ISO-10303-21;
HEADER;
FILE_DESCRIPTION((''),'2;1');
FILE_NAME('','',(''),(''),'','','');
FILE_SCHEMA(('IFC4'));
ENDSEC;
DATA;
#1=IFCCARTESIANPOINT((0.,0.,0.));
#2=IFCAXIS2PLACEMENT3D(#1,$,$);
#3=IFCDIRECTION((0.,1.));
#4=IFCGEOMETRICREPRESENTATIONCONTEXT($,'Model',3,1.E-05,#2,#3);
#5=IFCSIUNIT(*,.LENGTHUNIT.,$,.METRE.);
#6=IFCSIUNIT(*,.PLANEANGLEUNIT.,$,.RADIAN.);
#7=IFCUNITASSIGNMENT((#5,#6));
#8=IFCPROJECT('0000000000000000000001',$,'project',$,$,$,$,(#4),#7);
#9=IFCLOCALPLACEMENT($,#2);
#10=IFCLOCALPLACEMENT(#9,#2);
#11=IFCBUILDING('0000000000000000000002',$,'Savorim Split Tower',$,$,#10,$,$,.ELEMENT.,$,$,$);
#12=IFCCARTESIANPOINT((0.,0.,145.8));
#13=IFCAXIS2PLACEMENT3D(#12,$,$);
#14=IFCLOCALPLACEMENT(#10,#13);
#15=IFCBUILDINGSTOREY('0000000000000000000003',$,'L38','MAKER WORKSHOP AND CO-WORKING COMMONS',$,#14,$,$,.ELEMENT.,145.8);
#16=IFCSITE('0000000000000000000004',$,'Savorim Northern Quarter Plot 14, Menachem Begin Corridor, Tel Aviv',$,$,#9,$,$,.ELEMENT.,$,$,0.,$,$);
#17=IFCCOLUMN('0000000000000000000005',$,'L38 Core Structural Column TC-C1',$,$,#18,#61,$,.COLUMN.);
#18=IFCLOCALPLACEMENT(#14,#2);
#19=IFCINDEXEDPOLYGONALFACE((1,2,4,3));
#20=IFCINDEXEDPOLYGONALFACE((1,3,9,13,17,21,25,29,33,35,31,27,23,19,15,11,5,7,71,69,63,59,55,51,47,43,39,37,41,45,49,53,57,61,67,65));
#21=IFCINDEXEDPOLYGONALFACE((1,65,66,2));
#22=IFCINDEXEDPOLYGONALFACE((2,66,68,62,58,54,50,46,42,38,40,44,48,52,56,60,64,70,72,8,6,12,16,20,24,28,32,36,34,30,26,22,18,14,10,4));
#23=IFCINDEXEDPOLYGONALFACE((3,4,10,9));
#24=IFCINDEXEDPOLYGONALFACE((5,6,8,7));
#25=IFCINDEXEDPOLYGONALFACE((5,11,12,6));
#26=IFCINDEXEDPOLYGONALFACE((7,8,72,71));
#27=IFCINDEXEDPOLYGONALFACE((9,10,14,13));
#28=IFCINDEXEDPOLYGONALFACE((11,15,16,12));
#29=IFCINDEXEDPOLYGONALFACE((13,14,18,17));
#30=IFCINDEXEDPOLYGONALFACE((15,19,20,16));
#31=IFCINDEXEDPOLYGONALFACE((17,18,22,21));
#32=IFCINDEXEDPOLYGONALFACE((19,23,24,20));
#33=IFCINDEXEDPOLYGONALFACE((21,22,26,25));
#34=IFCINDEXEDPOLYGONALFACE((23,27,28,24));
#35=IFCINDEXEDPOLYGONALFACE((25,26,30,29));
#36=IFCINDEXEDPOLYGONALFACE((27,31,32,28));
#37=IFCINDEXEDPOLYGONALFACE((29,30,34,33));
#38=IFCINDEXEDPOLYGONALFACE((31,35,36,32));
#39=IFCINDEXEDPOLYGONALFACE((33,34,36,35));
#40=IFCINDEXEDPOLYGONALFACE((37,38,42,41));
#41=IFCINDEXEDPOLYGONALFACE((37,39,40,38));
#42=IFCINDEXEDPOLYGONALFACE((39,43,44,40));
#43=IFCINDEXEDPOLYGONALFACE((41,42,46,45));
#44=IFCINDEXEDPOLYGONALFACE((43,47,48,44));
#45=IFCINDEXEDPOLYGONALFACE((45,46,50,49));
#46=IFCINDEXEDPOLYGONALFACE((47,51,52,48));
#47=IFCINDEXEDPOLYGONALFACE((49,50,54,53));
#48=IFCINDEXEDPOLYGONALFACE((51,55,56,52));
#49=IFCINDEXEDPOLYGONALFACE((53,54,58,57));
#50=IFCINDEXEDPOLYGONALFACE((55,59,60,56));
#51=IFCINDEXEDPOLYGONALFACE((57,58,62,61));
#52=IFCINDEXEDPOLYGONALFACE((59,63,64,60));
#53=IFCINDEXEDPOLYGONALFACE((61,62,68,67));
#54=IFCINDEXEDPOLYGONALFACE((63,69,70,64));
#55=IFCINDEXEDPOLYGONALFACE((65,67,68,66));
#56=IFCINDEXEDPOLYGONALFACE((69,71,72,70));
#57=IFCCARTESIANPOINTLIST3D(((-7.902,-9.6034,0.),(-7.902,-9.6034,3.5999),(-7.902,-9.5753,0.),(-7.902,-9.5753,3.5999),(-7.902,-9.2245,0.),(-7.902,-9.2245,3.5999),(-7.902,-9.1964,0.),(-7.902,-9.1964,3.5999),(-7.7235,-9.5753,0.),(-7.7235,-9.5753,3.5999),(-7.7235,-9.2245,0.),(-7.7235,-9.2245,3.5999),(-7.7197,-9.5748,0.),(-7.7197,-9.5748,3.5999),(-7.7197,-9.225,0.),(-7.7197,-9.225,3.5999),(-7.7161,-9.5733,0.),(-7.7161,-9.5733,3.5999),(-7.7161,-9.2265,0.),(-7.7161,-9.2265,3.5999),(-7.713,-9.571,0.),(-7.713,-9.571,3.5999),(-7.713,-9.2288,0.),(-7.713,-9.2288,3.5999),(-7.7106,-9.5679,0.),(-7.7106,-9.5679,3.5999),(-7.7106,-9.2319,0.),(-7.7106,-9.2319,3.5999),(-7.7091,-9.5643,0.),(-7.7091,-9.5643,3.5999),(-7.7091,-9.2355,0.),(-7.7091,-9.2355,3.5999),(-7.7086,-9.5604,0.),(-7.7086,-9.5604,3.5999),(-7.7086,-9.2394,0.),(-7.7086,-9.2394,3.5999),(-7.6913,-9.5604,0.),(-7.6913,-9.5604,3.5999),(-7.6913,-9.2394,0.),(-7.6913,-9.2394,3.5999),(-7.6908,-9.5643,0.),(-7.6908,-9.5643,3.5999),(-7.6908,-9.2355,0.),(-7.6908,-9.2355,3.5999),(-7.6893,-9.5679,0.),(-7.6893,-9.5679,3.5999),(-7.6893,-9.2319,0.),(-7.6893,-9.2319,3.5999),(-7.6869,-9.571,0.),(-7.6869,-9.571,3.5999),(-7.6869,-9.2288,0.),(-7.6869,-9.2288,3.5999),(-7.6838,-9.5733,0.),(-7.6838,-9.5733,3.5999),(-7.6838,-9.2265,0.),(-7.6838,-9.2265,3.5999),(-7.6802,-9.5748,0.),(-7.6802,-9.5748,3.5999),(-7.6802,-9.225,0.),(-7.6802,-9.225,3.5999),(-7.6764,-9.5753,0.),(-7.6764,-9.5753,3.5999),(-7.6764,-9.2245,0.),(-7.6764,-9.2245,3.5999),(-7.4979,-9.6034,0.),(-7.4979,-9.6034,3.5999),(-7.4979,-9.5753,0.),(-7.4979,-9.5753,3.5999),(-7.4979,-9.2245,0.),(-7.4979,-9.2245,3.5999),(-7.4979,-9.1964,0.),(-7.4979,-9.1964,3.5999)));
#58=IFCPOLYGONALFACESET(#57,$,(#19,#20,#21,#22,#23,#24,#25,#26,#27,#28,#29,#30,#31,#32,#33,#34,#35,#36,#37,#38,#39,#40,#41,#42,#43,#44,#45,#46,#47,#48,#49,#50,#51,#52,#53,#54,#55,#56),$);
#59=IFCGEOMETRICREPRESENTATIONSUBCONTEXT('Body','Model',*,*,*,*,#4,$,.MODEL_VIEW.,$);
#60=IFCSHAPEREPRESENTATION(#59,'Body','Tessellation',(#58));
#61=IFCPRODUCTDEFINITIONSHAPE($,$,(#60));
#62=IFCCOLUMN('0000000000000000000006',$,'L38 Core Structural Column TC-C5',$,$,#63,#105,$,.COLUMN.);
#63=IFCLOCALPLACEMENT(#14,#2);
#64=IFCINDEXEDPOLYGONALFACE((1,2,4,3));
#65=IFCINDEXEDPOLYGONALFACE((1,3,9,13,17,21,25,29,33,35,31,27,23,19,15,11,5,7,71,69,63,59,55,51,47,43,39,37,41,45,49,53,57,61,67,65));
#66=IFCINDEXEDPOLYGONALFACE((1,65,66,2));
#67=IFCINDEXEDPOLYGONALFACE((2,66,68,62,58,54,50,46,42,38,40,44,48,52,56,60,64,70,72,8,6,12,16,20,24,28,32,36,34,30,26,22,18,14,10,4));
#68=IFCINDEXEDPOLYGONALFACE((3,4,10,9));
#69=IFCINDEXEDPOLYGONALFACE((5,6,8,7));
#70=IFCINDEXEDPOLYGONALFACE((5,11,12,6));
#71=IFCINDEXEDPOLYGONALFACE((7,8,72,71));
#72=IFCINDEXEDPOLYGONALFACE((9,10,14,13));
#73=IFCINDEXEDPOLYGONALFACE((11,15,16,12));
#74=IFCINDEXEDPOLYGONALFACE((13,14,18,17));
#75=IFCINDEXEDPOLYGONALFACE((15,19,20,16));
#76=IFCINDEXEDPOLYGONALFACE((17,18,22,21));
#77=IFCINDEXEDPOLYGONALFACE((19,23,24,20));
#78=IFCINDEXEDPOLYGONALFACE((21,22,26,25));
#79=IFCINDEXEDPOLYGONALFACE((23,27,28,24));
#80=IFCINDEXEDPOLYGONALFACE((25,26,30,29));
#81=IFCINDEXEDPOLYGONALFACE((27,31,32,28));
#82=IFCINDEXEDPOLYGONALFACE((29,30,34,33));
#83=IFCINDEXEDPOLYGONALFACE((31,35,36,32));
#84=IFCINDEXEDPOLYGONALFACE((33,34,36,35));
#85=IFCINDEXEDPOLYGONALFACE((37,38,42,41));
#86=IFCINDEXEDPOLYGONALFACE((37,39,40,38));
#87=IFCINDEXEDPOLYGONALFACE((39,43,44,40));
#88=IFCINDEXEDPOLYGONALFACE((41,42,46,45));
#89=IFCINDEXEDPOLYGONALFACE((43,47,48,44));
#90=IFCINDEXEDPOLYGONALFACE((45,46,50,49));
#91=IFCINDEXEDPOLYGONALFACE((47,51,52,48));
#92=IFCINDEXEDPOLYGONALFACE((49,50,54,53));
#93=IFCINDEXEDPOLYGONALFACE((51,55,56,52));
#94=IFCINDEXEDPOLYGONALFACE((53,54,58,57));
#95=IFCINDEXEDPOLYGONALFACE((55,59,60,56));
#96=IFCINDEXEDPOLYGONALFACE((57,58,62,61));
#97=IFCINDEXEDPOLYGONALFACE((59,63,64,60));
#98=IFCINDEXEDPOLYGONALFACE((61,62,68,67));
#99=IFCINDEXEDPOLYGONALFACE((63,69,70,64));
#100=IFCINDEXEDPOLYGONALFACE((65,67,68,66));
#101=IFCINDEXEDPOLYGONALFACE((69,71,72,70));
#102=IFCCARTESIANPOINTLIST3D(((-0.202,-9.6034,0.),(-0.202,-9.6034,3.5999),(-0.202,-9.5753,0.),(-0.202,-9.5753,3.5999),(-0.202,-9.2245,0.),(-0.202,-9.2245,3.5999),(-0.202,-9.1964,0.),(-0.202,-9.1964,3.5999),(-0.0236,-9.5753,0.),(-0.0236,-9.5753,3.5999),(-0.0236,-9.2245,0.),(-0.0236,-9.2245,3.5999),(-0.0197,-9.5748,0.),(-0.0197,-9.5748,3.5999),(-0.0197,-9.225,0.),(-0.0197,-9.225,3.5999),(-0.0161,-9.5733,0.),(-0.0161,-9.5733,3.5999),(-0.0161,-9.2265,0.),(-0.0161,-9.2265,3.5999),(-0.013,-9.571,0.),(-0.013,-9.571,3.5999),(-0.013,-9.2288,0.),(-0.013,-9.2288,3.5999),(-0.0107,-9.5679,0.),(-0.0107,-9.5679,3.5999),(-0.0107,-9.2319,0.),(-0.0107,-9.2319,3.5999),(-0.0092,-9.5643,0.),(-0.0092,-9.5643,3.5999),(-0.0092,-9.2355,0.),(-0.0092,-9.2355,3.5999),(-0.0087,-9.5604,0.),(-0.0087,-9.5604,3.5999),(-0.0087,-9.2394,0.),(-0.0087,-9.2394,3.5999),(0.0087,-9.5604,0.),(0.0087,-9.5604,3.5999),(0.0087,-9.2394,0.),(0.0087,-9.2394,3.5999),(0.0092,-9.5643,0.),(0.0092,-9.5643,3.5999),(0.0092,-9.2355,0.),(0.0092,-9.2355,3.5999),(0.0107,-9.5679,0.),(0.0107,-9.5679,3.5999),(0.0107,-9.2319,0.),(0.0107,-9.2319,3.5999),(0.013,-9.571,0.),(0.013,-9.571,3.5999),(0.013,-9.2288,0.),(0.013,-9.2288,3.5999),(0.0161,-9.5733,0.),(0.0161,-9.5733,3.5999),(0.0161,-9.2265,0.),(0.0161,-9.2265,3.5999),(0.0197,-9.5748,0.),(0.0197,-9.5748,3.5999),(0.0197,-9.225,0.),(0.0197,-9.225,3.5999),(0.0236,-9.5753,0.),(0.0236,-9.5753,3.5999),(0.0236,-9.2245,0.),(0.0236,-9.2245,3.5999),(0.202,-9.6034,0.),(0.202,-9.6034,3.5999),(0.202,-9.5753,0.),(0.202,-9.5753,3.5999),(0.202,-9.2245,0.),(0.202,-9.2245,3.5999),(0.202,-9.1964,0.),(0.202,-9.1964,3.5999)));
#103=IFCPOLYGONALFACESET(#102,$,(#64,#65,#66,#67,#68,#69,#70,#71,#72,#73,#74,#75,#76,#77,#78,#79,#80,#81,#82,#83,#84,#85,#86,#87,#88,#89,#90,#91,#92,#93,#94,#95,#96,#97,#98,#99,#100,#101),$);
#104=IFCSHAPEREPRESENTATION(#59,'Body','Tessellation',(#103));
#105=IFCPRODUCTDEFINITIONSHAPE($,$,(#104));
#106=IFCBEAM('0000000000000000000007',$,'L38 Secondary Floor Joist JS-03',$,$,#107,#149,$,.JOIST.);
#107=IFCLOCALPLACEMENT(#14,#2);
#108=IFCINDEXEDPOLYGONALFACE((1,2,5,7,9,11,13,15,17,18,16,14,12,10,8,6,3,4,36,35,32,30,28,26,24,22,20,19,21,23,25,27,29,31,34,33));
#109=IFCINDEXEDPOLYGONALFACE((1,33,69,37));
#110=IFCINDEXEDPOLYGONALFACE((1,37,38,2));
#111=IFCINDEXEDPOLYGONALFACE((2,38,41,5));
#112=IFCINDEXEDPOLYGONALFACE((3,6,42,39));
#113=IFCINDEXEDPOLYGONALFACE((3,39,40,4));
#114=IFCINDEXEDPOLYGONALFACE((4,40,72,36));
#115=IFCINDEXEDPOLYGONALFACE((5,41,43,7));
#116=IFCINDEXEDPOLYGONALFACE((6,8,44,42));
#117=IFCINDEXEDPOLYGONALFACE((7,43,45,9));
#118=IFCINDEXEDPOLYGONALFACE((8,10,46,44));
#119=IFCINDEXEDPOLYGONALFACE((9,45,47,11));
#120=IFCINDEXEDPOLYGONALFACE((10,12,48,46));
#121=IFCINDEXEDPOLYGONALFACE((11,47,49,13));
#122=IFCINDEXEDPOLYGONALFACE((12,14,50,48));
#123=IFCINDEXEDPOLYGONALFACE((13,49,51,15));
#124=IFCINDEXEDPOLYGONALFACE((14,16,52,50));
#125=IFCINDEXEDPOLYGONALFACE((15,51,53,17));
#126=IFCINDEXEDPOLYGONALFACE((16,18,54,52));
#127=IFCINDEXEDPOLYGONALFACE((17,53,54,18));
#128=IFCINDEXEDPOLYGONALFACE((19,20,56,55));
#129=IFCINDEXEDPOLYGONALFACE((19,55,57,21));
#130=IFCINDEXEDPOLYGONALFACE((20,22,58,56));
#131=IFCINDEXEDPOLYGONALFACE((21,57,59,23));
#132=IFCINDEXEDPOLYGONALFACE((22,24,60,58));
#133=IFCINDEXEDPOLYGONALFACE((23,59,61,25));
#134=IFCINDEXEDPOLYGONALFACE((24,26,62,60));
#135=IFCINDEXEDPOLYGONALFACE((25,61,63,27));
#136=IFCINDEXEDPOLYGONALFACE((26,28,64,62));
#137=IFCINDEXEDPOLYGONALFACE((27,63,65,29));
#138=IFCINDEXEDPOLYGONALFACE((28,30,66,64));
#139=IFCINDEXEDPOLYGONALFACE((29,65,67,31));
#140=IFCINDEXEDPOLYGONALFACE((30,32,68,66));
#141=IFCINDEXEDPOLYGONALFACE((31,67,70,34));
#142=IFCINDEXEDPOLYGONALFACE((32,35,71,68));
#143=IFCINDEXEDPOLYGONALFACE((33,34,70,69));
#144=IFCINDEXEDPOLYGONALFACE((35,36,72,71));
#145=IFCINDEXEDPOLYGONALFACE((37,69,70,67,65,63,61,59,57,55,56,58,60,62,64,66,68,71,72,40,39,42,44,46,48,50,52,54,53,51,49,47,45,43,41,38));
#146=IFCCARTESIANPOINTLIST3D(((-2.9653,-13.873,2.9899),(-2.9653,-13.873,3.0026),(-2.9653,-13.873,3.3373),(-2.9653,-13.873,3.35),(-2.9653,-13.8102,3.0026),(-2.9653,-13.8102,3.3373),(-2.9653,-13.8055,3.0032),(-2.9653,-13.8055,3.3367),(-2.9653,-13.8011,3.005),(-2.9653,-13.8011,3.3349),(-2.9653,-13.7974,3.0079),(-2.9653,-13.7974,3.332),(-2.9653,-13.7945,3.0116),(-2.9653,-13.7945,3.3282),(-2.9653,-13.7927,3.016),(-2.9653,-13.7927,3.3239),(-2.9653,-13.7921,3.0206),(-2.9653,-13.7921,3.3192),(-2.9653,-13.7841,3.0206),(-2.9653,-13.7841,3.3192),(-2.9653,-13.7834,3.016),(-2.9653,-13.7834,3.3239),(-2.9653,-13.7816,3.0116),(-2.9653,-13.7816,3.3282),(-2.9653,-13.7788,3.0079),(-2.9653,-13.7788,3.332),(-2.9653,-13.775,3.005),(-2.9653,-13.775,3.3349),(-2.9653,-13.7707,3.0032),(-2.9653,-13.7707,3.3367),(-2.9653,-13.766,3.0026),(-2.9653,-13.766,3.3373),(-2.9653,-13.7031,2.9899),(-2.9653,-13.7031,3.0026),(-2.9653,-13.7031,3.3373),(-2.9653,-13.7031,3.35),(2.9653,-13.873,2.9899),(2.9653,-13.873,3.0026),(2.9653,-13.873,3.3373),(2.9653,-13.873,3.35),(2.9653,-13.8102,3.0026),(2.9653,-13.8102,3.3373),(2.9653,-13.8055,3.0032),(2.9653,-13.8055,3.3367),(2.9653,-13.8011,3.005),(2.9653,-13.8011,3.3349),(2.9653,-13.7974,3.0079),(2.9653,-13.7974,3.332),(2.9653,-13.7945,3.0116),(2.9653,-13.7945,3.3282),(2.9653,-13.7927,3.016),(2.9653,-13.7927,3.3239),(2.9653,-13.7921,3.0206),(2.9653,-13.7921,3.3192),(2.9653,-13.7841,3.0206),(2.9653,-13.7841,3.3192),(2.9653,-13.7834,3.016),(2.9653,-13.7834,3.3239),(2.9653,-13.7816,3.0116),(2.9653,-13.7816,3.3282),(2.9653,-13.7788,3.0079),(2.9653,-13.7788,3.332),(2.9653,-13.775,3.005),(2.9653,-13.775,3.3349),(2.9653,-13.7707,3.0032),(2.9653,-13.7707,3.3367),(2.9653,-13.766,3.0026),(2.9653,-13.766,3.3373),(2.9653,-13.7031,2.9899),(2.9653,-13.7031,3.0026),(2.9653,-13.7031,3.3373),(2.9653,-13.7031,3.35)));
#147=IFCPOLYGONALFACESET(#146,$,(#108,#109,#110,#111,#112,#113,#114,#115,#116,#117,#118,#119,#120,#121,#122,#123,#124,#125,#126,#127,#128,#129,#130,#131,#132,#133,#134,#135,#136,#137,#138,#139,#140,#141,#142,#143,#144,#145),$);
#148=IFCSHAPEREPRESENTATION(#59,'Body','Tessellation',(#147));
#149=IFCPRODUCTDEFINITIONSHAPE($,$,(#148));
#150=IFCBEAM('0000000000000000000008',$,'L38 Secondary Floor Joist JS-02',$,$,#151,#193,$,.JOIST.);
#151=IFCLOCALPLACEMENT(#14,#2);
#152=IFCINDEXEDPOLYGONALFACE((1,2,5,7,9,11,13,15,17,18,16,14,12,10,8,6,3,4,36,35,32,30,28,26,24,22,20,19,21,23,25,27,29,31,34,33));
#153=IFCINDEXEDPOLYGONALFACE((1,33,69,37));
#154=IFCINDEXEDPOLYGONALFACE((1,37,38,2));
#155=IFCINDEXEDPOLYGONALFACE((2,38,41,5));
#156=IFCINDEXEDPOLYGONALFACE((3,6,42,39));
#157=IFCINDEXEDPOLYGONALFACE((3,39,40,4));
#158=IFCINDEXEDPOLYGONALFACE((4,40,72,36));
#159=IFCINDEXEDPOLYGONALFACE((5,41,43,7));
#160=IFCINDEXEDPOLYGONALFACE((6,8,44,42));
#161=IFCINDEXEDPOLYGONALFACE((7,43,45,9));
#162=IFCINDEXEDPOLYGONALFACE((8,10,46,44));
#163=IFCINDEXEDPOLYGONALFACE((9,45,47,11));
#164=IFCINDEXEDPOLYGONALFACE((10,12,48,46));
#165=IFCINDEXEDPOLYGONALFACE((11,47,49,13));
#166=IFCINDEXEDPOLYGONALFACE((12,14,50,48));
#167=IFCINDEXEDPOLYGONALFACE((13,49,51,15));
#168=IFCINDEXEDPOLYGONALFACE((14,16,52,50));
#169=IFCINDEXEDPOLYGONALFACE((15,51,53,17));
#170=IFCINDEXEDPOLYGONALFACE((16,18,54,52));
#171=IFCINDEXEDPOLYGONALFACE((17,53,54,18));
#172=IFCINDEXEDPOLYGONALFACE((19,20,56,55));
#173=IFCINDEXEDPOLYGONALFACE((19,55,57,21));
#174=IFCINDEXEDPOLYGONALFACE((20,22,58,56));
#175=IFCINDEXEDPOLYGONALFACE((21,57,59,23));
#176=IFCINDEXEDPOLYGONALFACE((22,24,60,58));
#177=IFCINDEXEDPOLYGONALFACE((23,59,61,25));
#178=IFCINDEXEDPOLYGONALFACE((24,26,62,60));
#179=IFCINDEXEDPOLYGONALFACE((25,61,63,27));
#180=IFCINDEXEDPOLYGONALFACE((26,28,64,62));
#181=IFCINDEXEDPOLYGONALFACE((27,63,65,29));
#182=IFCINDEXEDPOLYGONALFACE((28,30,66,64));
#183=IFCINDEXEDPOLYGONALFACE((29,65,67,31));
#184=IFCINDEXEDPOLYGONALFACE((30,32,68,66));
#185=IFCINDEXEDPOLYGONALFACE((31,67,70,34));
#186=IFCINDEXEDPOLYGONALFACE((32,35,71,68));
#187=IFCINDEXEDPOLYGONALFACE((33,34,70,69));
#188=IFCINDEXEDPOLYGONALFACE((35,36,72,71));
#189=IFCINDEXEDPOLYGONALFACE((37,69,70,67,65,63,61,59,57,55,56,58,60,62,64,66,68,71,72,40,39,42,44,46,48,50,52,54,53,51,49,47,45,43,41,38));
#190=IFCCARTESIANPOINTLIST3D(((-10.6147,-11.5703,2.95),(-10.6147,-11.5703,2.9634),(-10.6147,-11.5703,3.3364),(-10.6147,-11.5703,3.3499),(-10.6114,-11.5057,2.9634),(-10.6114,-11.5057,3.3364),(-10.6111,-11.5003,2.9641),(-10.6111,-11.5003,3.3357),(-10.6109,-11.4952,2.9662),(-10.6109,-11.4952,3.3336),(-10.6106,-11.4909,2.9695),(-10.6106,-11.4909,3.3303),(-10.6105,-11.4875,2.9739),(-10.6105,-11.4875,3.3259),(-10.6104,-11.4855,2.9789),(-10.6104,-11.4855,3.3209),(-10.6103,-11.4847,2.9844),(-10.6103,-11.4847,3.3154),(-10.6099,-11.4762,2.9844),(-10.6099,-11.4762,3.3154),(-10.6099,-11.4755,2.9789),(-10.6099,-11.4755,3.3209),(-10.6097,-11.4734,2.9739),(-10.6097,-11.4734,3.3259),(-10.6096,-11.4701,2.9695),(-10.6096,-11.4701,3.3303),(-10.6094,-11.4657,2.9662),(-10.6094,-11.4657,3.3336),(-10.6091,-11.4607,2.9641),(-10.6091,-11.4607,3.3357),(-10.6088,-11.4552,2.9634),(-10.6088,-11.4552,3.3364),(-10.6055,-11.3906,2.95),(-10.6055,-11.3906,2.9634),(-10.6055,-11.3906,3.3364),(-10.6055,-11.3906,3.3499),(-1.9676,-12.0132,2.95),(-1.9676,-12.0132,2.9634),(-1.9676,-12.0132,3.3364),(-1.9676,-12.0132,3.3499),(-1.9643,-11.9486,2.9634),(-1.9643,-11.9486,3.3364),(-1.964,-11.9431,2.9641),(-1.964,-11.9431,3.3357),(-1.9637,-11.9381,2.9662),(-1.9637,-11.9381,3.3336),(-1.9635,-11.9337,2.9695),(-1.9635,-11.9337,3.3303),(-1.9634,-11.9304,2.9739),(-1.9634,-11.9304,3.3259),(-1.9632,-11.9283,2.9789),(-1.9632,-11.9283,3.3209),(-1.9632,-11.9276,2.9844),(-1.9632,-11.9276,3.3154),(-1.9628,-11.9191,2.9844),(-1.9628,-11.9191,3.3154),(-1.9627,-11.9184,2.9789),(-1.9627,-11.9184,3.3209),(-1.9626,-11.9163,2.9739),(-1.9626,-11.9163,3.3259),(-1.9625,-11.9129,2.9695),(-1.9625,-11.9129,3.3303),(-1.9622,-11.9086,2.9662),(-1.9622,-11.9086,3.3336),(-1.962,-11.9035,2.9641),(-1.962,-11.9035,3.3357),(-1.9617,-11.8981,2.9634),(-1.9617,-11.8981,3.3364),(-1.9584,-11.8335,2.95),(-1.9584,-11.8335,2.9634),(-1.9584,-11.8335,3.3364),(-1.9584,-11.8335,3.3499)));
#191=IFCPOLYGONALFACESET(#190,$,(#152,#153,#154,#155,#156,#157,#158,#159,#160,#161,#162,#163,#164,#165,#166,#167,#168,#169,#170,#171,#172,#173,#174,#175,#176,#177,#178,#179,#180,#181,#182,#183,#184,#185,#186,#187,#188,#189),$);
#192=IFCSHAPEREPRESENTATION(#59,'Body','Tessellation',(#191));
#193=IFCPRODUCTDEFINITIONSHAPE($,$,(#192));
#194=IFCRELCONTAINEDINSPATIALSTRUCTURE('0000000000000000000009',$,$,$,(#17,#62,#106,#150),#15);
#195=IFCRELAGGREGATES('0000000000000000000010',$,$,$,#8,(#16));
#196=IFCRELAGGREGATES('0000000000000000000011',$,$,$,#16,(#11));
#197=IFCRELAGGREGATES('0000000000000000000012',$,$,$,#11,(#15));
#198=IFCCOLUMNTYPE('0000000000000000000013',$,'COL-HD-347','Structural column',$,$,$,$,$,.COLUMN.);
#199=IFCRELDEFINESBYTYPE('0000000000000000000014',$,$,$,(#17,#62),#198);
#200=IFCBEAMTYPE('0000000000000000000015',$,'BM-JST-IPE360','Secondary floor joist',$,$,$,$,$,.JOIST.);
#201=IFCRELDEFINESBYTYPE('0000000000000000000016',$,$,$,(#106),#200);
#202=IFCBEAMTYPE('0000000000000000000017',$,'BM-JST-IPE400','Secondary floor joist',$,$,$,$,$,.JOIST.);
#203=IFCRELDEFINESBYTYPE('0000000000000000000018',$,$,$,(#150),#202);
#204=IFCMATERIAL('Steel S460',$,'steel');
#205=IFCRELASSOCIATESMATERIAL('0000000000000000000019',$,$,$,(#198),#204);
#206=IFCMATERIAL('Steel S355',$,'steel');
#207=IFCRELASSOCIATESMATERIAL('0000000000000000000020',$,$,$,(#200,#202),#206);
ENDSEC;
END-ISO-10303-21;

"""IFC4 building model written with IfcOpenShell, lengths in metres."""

from ifc_helpers import new_model, si_unit, direction, frame, origin, origin_2d, place, context, subcontext, project, spatial, i_section, extrude, material, material_profile, profile_set, type_object, element, save


model = new_model("IFC4")

# Units and contexts
model_context = context("Model", 3, precision=1e-05, world=origin(), true_north=direction((0.0, 1.0)))
body_context = subcontext(model_context, "Body", "Model", "MODEL_VIEW")
ifc_project = project(units=[si_unit("LENGTHUNIT", "METRE"), si_unit("PLANEANGLEUNIT", "RADIAN")], contexts=[model_context])

# Site, building, storey
site_placement = place(None, origin())
site = spatial("IfcSite", under=ifc_project, at=site_placement, Name="Savorim Northern Quarter Plot 14, Menachem Begin Corridor, Tel Aviv", CompositionType="ELEMENT", RefElevation=0.0)
building_placement = place(site_placement, origin())
building = spatial("IfcBuilding", under=site, at=building_placement, Name="Savorim Split Tower", CompositionType="ELEMENT")
storey_placement = place(building_placement, frame((0.0, 0.0, 145.8)))
storey = spatial("IfcBuildingStorey", under=building, at=storey_placement, Name="L38", Description="MAKER WORKSHOP AND CO-WORKING COMMONS", CompositionType="ELEMENT", Elevation=145.8)

# Columns
ifc_material_1 = material(Name="Steel S460", Category="steel")
ifc_material_profile_1 = material_profile(ifc_material_1, i_section(OverallWidth=0.4041, OverallDepth=0.407, WebThickness=0.0173, FlangeThickness=0.0281, FilletRadius=0.0149, at=origin_2d()), Name="HD 400x347")
ifc_profile_set_1 = profile_set([ifc_material_profile_1], Name="Steel S460")
column_type = type_object("IfcColumnType", Name="COL-HD-347", Description="Structural column", PredefinedType="COLUMN", material=ifc_profile_set_1)
for number, where, z_axis, x_axis, name in (
    (1, (-7.7, -9.3999, 0.0), (0.0, 0.0, 1.0), (1.0, 0.0, 0.0), "L38 Core Structural Column TC-C1"),
    (2, (0.0, -9.3999, 0.0), (0.0, 0.0, 1.0), (1.0, 0.0, 0.0), "L38 Core Structural Column TC-C5"),
):
    element("IfcColumn", number, at=place(storey_placement, frame(where, z_axis=z_axis, x_axis=x_axis)), inside=storey, type_object=column_type, Name=name, PredefinedType="COLUMN", context=body_context, shape_type="SweptSolid", body=[
        extrude(i_section(OverallWidth=0.4041, OverallDepth=0.407, WebThickness=0.0173, FlangeThickness=0.0281, FilletRadius=0.0149, at=origin_2d()), origin(), (0.0, 0.0, 1.0), 3.5999),
    ])

# Beams
ifc_material_2 = material(Name="Steel S355", Category="steel")
ifc_material_profile_2 = material_profile(ifc_material_2, i_section(OverallWidth=0.1699, OverallDepth=0.3601, WebThickness=0.0081, FlangeThickness=0.0127, FilletRadius=0.0181, at=origin_2d()), Name="IPE 360")
ifc_profile_set_2 = profile_set([ifc_material_profile_2], Name="Steel S355")
beam_type_1 = type_object("IfcBeamType", Name="BM-JST-IPE360", Description="Secondary floor joist", PredefinedType="JOIST", material=ifc_profile_set_2)
beam_1_placement = place(storey_placement, frame((-2.9653, -13.7881, 3.1699), z_axis=(1.0, 0.0, 0.0), x_axis=(0.0, 1.0, 0.0)))
element("IfcBeam", 3, at=beam_1_placement, inside=storey, type_object=beam_type_1, Name="L38 Secondary Floor Joist JS-03", PredefinedType="JOIST", context=body_context, shape_type="SweptSolid", body=[
    extrude(i_section(OverallWidth=0.1699, OverallDepth=0.3601, WebThickness=0.0081, FlangeThickness=0.0127, FilletRadius=0.0181, at=origin_2d()), origin(), (0.0, 0.0, 1.0), 5.9307),
])
ifc_material_profile_3 = material_profile(ifc_material_2, i_section(OverallWidth=0.1799, OverallDepth=0.3999, WebThickness=0.0085, FlangeThickness=0.0134, FilletRadius=0.021, at=origin_2d()), Name="IPE 400")
ifc_profile_set_3 = profile_set([ifc_material_profile_3], Name="Steel S355")
beam_type_2 = type_object("IfcBeamType", Name="BM-JST-IPE400", Description="Secondary floor joist", PredefinedType="JOIST", material=ifc_profile_set_3)
beam_2_placement = place(storey_placement, frame((-10.6101, -11.4805, 3.1499), z_axis=(0.998691, -0.051148, 0.0), x_axis=(0.051148, 0.998691, 0.0)))
element("IfcBeam", 4, at=beam_2_placement, inside=storey, type_object=beam_type_2, Name="L38 Secondary Floor Joist JS-02", PredefinedType="JOIST", context=body_context, shape_type="SweptSolid", body=[
    extrude(i_section(OverallWidth=0.1799, OverallDepth=0.3999, WebThickness=0.0085, FlangeThickness=0.0134, FilletRadius=0.021, at=origin_2d()), origin(), (0.0, 0.0, 1.0), 8.6584),
])

save(model, "model.ifc")
